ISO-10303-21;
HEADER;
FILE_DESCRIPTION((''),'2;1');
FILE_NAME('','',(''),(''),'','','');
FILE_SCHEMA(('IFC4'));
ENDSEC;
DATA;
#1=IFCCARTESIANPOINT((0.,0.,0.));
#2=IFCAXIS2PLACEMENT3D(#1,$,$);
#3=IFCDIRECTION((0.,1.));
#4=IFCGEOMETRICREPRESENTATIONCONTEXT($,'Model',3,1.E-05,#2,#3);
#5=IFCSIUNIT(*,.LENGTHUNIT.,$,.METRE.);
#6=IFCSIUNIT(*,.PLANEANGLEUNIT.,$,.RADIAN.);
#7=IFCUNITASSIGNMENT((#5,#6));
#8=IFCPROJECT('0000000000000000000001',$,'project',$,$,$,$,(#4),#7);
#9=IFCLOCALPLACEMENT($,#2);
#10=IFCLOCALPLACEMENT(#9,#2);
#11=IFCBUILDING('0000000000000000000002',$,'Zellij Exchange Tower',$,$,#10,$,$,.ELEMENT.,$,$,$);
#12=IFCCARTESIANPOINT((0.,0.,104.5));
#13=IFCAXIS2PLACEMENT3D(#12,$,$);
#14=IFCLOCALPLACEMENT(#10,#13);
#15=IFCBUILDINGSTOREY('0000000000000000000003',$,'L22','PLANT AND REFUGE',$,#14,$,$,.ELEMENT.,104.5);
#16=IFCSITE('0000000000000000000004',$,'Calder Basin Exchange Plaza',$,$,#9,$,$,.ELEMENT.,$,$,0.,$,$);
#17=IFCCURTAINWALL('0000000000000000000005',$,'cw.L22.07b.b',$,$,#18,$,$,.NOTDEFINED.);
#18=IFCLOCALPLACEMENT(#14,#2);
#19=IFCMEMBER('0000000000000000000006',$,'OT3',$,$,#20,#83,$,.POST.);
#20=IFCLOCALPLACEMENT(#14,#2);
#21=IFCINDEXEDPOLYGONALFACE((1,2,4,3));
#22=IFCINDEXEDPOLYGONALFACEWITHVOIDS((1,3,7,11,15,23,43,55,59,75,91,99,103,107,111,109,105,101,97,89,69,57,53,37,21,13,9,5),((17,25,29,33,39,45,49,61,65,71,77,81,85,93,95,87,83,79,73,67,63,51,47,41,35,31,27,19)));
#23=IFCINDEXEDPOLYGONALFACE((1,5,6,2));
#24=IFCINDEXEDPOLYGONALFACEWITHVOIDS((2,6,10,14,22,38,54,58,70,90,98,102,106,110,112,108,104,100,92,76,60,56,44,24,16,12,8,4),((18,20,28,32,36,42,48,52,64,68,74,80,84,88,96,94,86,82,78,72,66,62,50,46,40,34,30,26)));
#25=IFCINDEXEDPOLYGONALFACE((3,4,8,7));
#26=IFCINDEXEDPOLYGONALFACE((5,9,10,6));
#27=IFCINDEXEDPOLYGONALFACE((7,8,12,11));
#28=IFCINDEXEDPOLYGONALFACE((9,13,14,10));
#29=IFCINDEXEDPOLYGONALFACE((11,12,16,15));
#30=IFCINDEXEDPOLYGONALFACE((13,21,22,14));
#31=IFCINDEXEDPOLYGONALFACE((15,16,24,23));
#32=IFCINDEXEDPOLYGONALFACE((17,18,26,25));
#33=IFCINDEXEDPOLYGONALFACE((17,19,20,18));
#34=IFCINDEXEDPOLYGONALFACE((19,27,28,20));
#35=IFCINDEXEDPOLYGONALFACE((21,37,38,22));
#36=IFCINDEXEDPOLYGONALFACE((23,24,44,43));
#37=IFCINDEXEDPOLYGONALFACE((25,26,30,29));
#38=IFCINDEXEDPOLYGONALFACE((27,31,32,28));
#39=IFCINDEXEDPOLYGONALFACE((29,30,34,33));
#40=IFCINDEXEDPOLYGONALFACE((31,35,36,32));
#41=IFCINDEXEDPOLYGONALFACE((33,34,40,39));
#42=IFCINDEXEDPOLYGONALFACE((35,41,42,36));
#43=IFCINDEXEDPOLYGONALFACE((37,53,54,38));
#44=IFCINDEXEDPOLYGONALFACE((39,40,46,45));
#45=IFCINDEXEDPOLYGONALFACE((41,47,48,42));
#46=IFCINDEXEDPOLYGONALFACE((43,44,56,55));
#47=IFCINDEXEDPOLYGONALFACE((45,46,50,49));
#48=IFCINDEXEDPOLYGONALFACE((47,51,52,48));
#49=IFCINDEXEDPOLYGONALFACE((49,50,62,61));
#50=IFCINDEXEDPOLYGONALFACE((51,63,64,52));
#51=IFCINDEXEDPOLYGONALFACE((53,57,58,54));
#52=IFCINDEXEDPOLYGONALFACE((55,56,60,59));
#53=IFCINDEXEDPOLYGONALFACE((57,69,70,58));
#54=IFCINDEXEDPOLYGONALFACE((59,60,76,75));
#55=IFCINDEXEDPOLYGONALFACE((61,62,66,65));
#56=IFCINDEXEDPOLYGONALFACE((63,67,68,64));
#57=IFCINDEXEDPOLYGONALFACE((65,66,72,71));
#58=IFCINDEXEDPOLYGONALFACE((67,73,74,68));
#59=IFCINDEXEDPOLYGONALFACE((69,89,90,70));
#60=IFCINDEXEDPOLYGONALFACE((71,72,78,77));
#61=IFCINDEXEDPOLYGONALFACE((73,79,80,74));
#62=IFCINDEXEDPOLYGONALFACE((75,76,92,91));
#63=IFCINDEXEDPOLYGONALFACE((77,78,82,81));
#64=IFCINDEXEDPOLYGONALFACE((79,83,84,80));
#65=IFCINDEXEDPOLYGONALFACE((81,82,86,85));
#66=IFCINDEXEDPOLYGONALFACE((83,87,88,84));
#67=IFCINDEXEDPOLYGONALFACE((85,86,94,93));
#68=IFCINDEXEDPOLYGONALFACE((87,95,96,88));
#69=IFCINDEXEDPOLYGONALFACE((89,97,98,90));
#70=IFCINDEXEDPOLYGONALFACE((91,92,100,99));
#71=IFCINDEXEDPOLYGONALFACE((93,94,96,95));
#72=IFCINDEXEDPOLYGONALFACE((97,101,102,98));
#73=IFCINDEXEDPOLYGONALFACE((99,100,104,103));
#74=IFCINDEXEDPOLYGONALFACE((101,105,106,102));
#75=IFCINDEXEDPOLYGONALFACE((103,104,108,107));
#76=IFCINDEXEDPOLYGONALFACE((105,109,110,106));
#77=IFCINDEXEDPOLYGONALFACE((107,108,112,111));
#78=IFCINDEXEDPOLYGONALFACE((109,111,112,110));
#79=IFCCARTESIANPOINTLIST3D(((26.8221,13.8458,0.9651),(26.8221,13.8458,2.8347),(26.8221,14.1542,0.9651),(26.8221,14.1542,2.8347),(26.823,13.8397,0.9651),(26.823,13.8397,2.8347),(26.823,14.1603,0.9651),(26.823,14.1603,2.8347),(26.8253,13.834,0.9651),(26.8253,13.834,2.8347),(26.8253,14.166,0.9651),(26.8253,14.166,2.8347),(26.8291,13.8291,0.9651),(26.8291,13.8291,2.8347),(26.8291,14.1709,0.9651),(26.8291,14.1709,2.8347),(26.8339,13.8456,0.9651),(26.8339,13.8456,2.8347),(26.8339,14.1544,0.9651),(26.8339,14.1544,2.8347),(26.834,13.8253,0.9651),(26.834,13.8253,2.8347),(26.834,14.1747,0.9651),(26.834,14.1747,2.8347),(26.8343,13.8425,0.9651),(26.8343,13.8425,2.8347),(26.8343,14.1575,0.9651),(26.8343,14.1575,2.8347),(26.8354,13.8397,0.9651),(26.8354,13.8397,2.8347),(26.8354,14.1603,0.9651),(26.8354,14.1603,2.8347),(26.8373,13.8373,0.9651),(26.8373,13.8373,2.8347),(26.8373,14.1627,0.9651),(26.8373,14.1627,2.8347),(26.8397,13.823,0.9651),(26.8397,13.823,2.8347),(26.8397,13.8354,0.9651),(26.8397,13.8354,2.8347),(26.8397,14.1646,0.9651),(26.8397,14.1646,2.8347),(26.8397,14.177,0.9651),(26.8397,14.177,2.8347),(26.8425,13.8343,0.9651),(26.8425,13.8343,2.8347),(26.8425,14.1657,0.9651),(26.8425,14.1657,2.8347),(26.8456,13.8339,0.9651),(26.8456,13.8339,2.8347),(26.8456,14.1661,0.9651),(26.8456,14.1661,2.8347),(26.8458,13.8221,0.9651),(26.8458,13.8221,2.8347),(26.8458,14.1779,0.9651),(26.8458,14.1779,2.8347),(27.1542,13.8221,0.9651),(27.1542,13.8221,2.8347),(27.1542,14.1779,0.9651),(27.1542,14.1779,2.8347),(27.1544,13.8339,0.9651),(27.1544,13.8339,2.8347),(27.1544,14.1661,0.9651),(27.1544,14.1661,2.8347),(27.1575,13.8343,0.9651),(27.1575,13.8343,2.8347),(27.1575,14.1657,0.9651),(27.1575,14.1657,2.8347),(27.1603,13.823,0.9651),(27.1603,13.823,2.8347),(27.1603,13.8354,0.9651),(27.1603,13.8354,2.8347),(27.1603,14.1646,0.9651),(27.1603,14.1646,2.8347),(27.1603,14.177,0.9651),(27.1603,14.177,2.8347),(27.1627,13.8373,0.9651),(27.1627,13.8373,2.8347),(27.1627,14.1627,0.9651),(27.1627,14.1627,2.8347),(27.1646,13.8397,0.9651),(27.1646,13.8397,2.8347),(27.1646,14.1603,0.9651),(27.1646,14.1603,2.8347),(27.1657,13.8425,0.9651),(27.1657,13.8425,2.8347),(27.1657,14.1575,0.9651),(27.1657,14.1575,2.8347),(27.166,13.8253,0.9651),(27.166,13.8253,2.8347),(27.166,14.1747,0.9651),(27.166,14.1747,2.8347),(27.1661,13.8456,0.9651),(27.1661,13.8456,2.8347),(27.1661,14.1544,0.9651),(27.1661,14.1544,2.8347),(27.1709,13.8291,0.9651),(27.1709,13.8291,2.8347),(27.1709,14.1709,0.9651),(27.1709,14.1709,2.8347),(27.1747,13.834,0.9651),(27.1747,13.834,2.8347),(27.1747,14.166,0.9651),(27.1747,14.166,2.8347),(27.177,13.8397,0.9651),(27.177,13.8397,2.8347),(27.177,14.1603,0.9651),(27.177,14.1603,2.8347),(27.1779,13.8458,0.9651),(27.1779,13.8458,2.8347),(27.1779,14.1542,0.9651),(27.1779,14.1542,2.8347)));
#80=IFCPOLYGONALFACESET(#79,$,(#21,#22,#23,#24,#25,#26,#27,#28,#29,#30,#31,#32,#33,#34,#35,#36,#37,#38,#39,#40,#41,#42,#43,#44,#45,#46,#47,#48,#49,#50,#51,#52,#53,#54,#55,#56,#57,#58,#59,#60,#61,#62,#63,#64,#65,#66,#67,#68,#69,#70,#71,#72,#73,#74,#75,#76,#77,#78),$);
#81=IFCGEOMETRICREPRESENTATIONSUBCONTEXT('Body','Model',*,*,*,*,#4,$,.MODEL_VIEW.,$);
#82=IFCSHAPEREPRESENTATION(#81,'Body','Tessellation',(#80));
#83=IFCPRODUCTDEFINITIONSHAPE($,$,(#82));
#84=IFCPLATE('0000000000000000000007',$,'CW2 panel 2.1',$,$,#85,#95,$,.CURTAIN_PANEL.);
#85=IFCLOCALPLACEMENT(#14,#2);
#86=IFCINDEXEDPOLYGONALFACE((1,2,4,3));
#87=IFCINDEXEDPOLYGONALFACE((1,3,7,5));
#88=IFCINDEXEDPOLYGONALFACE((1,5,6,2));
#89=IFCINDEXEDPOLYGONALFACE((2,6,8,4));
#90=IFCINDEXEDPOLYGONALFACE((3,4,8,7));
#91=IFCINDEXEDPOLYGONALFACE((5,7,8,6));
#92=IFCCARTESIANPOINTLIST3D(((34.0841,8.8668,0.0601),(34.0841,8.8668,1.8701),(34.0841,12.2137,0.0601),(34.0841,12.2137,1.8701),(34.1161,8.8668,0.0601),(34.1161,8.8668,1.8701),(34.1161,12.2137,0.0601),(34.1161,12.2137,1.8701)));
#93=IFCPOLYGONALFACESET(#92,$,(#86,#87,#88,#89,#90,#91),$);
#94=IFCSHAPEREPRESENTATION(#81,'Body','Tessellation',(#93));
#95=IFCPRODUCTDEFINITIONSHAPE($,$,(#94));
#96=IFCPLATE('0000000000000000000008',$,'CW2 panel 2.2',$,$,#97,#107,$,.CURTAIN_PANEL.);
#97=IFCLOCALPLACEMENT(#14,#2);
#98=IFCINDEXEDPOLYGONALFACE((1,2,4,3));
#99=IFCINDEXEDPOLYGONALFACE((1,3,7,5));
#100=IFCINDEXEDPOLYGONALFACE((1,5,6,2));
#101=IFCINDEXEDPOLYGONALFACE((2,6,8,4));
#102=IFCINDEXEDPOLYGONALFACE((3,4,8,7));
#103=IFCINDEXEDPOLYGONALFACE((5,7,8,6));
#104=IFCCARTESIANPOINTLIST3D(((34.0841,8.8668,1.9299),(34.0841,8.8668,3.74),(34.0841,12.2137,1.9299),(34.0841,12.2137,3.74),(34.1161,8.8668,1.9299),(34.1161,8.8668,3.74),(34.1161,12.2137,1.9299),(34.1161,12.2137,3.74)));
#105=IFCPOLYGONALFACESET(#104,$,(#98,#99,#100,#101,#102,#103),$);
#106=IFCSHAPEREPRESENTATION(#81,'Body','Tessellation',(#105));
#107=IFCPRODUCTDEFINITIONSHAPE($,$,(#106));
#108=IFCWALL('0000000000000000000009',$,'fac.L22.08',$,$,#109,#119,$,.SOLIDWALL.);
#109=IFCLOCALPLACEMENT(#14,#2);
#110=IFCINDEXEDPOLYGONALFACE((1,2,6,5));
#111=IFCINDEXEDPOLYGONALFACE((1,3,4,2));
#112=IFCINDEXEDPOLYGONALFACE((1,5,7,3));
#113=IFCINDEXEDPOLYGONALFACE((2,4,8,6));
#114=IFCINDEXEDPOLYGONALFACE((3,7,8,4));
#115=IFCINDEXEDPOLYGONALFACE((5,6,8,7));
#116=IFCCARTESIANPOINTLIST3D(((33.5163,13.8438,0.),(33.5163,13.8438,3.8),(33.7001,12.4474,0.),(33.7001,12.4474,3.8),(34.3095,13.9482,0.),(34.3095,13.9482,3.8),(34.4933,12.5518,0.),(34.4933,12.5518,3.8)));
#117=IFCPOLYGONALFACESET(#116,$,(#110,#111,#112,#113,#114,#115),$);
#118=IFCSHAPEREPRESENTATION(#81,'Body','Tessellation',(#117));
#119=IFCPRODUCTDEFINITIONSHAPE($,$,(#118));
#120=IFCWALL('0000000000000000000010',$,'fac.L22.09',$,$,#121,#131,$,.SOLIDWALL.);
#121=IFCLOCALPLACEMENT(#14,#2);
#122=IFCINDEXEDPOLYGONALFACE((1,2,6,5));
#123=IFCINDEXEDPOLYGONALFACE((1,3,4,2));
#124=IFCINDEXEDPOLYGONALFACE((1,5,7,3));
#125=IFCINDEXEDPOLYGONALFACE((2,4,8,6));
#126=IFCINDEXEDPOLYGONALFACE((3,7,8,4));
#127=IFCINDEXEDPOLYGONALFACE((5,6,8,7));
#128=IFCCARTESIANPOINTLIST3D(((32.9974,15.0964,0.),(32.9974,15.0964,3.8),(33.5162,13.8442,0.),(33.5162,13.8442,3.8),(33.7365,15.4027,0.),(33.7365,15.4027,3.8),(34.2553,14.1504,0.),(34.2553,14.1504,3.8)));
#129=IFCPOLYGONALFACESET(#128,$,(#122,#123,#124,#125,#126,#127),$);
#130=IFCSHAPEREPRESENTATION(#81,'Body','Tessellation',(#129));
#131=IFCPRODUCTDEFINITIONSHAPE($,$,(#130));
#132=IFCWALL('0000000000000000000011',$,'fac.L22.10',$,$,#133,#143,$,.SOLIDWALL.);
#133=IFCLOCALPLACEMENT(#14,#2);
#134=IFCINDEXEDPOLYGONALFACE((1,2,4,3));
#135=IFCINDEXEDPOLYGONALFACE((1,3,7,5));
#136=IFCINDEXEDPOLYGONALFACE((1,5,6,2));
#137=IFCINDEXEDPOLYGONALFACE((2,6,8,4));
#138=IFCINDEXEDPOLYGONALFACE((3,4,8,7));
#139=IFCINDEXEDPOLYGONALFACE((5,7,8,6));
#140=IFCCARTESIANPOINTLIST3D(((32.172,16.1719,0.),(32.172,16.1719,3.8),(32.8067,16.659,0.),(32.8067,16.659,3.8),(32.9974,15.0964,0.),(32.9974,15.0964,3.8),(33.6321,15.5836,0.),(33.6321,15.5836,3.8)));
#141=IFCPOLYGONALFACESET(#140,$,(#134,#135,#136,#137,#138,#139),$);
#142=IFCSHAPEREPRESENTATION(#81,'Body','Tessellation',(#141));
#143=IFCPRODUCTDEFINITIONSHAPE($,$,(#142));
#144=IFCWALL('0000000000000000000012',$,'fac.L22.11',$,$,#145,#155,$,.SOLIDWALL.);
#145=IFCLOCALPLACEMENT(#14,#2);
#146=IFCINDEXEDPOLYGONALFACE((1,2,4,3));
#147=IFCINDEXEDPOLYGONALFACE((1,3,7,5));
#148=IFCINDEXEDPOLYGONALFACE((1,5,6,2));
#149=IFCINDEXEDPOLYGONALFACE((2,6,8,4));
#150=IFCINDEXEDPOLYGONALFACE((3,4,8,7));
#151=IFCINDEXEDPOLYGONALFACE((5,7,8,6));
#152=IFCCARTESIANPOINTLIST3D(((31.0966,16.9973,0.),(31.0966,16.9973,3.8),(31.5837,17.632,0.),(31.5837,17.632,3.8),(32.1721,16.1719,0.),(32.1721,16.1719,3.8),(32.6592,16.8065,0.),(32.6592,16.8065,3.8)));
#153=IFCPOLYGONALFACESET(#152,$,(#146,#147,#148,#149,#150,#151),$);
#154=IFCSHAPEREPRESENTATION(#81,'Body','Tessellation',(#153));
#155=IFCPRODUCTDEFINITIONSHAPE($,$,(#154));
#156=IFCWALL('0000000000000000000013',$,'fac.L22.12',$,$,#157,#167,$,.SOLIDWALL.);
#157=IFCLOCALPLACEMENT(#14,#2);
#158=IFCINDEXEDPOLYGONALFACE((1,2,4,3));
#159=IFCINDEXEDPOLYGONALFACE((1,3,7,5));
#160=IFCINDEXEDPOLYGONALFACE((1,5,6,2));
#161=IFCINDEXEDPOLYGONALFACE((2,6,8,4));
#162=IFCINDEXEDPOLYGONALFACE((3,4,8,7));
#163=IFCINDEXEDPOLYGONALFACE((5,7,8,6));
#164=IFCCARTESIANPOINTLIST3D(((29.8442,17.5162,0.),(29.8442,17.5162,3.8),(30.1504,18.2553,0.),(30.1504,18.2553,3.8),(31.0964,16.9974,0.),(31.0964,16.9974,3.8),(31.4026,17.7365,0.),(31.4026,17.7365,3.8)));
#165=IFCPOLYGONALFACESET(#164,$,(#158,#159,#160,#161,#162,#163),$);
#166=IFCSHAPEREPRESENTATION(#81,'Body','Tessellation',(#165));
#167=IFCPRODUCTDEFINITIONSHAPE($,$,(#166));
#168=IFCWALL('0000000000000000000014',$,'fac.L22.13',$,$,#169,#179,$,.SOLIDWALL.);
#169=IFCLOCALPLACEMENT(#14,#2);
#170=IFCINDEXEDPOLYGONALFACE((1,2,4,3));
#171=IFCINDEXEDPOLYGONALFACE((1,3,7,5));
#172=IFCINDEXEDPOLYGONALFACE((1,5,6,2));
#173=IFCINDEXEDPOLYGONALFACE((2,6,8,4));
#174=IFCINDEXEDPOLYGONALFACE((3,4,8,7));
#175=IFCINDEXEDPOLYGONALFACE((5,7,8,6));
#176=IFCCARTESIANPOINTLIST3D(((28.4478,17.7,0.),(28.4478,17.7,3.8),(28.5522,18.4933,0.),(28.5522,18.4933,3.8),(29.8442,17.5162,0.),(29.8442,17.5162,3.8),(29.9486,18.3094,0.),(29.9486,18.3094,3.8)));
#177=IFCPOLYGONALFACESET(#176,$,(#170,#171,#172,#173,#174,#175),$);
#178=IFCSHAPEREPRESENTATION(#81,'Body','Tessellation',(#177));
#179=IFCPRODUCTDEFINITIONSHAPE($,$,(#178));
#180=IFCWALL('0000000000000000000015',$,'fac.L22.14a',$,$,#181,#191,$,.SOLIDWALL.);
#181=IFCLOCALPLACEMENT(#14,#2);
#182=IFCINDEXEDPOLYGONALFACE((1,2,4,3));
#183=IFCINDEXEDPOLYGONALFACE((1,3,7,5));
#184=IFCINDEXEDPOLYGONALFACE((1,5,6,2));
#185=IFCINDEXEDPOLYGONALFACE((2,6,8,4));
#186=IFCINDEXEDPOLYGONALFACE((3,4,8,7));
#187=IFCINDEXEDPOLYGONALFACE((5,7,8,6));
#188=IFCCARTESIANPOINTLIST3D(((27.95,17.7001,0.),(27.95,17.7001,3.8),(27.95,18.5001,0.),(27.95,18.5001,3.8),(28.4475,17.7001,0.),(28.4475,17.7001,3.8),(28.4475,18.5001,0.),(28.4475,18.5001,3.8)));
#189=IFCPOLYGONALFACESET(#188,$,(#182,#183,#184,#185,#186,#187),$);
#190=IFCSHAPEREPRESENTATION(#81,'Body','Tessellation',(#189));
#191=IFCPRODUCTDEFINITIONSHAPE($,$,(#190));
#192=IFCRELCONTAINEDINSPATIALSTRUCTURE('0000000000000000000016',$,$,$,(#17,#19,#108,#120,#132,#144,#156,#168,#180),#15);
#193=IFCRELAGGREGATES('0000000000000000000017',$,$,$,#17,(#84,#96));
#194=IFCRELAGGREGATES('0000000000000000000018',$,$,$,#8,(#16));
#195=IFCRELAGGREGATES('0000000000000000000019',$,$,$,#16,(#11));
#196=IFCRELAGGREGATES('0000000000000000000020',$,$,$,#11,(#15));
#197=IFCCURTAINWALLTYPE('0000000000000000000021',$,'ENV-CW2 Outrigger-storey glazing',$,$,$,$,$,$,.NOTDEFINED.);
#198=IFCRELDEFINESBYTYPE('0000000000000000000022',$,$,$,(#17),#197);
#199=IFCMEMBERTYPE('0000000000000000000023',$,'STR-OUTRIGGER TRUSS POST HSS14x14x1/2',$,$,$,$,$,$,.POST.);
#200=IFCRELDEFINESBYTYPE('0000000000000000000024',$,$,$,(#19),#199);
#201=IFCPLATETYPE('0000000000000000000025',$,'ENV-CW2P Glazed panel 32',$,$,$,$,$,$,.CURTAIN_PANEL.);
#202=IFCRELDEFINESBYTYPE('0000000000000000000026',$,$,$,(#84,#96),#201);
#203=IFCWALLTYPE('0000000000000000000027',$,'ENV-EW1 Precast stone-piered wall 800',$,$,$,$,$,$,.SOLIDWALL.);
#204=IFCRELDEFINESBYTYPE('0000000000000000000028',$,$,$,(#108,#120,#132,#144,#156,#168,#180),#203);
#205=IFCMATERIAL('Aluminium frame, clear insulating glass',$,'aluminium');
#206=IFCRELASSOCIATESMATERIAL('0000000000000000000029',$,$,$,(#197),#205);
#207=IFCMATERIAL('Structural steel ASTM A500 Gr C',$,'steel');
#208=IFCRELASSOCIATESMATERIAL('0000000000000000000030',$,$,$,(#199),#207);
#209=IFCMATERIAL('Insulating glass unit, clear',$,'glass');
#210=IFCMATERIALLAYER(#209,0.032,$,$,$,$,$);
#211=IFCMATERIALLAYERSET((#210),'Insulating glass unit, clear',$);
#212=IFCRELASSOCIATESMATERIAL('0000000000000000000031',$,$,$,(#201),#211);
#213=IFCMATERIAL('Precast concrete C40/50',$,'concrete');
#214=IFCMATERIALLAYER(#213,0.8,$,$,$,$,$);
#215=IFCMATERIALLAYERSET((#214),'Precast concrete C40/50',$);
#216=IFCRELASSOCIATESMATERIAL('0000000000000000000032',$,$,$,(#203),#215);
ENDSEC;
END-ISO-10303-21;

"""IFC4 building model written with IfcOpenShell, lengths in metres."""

from ifc_helpers import new_model, si_unit, direction, frame, frame_2d, origin, origin_2d, place, context, subcontext, project, spatial, rectangle, hollow_rectangle, extrude, material, layer, layer_set, material_profile, profile_set, type_object, element, aggregate, save


model = new_model("IFC4")

# Units and contexts
model_context = context("Model", 3, precision=1e-05, world=origin(), true_north=direction((0.0, 1.0)))
body_context = subcontext(model_context, "Body", "Model", "MODEL_VIEW")
ifc_project = project(units=[si_unit("LENGTHUNIT", "METRE"), si_unit("PLANEANGLEUNIT", "RADIAN")], contexts=[model_context])

# Site, building, storey
site_placement = place(None, origin())
site = spatial("IfcSite", under=ifc_project, at=site_placement, Name="Calder Basin Exchange Plaza", CompositionType="ELEMENT", RefElevation=0.0)
building_placement = place(site_placement, origin())
building = spatial("IfcBuilding", under=site, at=building_placement, Name="Zellij Exchange Tower", CompositionType="ELEMENT")
storey_placement = place(building_placement, frame((0.0, 0.0, 104.5)))
storey = spatial("IfcBuildingStorey", under=building, at=storey_placement, Name="L22", Description="PLANT AND REFUGE", CompositionType="ELEMENT", Elevation=104.5)

# Curtain wall
ifc_material_1 = material(Name="Aluminium frame, clear insulating glass", Category="aluminium")
curtain_wall_type = type_object("IfcCurtainWallType", Name="ENV-CW2 Outrigger-storey glazing", PredefinedType="NOTDEFINED", material=ifc_material_1)
curtain_wall_placement = place(storey_placement, origin())
curtain_wall = element("IfcCurtainWall", 1, at=curtain_wall_placement, inside=storey, type_object=curtain_wall_type, Name="cw.L22.07b.b", PredefinedType="NOTDEFINED")

# Member
ifc_material_2 = material(Name="Structural steel ASTM A500 Gr C", Category="steel")
ifc_material_profile_1 = material_profile(ifc_material_2, hollow_rectangle(XDim=0.3557, YDim=0.3557, WallThickness=0.0117, InnerFilletRadius=0.0117, OuterFilletRadius=0.0237, at=origin_2d()), Name="STR-OUTRIGGER TRUSS POST HSS14x14x1/2")
ifc_profile_set_1 = profile_set([ifc_material_profile_1], Name="Structural steel ASTM A500 Gr C")
member_type_1 = type_object("IfcMemberType", Name="STR-OUTRIGGER TRUSS POST HSS14x14x1/2", PredefinedType="POST", material=ifc_profile_set_1)
member_1_placement = place(storey_placement, frame((27.0, 14.0, 0.9651), z_axis=(0.0, 0.0, 1.0), x_axis=(1.0, 0.0, 0.0)))
element("IfcMember", 2, at=member_1_placement, inside=storey, type_object=member_type_1, Name="OT3", PredefinedType="POST", context=body_context, shape_type="SweptSolid", body=[
    extrude(hollow_rectangle(XDim=0.3557, YDim=0.3557, WallThickness=0.0117, InnerFilletRadius=0.0117, OuterFilletRadius=0.0237, at=origin_2d()), origin(), (0.0, 0.0, 1.0), 1.8696),
])

# Plates
ifc_material_3 = material(Name="Insulating glass unit, clear", Category="glass")
ifc_layer_1 = layer(ifc_material_3, 0.032)
ifc_layer_set_1 = layer_set([ifc_layer_1], Name="Insulating glass unit, clear")
plate_type = type_object("IfcPlateType", Name="ENV-CW2P Glazed panel 32", PredefinedType="CURTAIN_PANEL", material=ifc_layer_set_1)
plate_1_placement = place(storey_placement, frame((34.1001, 10.5403, 0.0601), z_axis=(0.0, 0.0, 1.0), x_axis=(0.0, 1.0, 0.0)))
plate_1 = element("IfcPlate", 3, at=plate_1_placement, type_object=plate_type, Name="CW2 panel 2.1", PredefinedType="CURTAIN_PANEL", context=body_context, shape_type="SweptSolid", body=[
    extrude(rectangle(XDim=3.3469, YDim=0.032, at=origin_2d()), origin(), (0.0, 0.0, 1.0), 1.8101),
])
plate_2_placement = place(storey_placement, frame((34.1001, 10.5403, 1.9299), z_axis=(0.0, 0.0, 1.0), x_axis=(0.0, 1.0, 0.0)))
plate_2 = element("IfcPlate", 4, at=plate_2_placement, type_object=plate_type, Name="CW2 panel 2.2", PredefinedType="CURTAIN_PANEL", context=body_context, shape_type="SweptSolid", body=[
    extrude(rectangle(XDim=3.3469, YDim=0.032, at=origin_2d()), origin(), (0.0, 0.0, 1.0), 1.8101),
])
aggregate(curtain_wall, [plate_1, plate_2])

# Walls
ifc_material_4 = material(Name="Precast concrete C40/50", Category="concrete")
ifc_layer_2 = layer(ifc_material_4, 0.8)
ifc_layer_set_2 = layer_set([ifc_layer_2], Name="Precast concrete C40/50")
wall_type_1 = type_object("IfcWallType", Name="ENV-EW1 Precast stone-piered wall 800", PredefinedType="SOLIDWALL", material=ifc_layer_set_2)
wall_1_placement = place(storey_placement, frame((34.0967, 12.4998, 0.0), z_axis=(0.0, 0.0, 1.0), x_axis=(-0.130517, 0.991446, 0.0)))
element("IfcWall", 5, at=wall_1_placement, inside=storey, type_object=wall_type_1, Name="fac.L22.08", PredefinedType="SOLIDWALL", context=body_context, shape_type="SweptSolid", body=[
    extrude(rectangle(XDim=1.4084, YDim=0.8, at=frame_2d((0.7041, 0.0))), origin(), (0.0, 0.0, 1.0), 3.8),
])
wall_2_placement = place(storey_placement, frame((33.8857, 13.9973, 0.0), z_axis=(0.0, 0.0, 1.0), x_axis=(-0.38276, 0.923848, 0.0)))
element("IfcWall", 6, at=wall_2_placement, inside=storey, type_object=wall_type_1, Name="fac.L22.09", PredefinedType="SOLIDWALL", context=body_context, shape_type="SweptSolid", body=[
    extrude(rectangle(XDim=1.3555, YDim=0.8, at=frame_2d((0.6777, 0.0))), origin(), (0.0, 0.0, 1.0), 3.8),
])
for number, where, z_axis, x_axis, name in (
    (7, (33.3147, 15.3401, 0.0), (0.0, 0.0, 1.0), (-0.608866, 0.793273, 0.0), "fac.L22.10"),
    (8, (32.4155, 16.4893, 0.0), (0.0, 0.0, 1.0), (-0.793273, 0.608866, 0.0), "fac.L22.11"),
):
    element("IfcWall", number, at=place(storey_placement, frame(where, z_axis=z_axis, x_axis=x_axis)), inside=storey, type_object=wall_type_1, Name=name, PredefinedType="SOLIDWALL", context=body_context, shape_type="SweptSolid", body=[
        extrude(rectangle(XDim=1.3557, YDim=0.8, at=frame_2d((0.6777, 0.0))), origin(), (0.0, 0.0, 1.0), 3.8),
    ])
wall_3_placement = place(storey_placement, frame((31.2495, 17.3669, 0.0), z_axis=(0.0, 0.0, 1.0), x_axis=(-0.923848, 0.38276, 0.0)))
element("IfcWall", 9, at=wall_3_placement, inside=storey, type_object=wall_type_1, Name="fac.L22.12", PredefinedType="SOLIDWALL", context=body_context, shape_type="SweptSolid", body=[
    extrude(rectangle(XDim=1.3555, YDim=0.8, at=frame_2d((0.6777, 0.0))), origin(), (0.0, 0.0, 1.0), 3.8),
])
wall_4_placement = place(storey_placement, frame((29.8962, 17.9128, 0.0), z_axis=(0.0, 0.0, 1.0), x_axis=(-0.991446, 0.130517, 0.0)))
element("IfcWall", 10, at=wall_4_placement, inside=storey, type_object=wall_type_1, Name="fac.L22.13", PredefinedType="SOLIDWALL", context=body_context, shape_type="SweptSolid", body=[
    extrude(rectangle(XDim=1.4084, YDim=0.8, at=frame_2d((0.7041, 0.0))), origin(), (0.0, 0.0, 1.0), 3.8),
])
wall_5_placement = place(storey_placement, frame((28.4475, 18.1001, 0.0), z_axis=(0.0, 0.0, 1.0), x_axis=(-1.0, 0.0, 0.0)))
element("IfcWall", 11, at=wall_5_placement, inside=storey, type_object=wall_type_1, Name="fac.L22.14a", PredefinedType="SOLIDWALL", context=body_context, shape_type="SweptSolid", body=[
    extrude(rectangle(XDim=0.4976, YDim=0.8, at=frame_2d((0.2488, 0.0))), origin(), (0.0, 0.0, 1.0), 3.8),
])

save(model, "model.ifc")
